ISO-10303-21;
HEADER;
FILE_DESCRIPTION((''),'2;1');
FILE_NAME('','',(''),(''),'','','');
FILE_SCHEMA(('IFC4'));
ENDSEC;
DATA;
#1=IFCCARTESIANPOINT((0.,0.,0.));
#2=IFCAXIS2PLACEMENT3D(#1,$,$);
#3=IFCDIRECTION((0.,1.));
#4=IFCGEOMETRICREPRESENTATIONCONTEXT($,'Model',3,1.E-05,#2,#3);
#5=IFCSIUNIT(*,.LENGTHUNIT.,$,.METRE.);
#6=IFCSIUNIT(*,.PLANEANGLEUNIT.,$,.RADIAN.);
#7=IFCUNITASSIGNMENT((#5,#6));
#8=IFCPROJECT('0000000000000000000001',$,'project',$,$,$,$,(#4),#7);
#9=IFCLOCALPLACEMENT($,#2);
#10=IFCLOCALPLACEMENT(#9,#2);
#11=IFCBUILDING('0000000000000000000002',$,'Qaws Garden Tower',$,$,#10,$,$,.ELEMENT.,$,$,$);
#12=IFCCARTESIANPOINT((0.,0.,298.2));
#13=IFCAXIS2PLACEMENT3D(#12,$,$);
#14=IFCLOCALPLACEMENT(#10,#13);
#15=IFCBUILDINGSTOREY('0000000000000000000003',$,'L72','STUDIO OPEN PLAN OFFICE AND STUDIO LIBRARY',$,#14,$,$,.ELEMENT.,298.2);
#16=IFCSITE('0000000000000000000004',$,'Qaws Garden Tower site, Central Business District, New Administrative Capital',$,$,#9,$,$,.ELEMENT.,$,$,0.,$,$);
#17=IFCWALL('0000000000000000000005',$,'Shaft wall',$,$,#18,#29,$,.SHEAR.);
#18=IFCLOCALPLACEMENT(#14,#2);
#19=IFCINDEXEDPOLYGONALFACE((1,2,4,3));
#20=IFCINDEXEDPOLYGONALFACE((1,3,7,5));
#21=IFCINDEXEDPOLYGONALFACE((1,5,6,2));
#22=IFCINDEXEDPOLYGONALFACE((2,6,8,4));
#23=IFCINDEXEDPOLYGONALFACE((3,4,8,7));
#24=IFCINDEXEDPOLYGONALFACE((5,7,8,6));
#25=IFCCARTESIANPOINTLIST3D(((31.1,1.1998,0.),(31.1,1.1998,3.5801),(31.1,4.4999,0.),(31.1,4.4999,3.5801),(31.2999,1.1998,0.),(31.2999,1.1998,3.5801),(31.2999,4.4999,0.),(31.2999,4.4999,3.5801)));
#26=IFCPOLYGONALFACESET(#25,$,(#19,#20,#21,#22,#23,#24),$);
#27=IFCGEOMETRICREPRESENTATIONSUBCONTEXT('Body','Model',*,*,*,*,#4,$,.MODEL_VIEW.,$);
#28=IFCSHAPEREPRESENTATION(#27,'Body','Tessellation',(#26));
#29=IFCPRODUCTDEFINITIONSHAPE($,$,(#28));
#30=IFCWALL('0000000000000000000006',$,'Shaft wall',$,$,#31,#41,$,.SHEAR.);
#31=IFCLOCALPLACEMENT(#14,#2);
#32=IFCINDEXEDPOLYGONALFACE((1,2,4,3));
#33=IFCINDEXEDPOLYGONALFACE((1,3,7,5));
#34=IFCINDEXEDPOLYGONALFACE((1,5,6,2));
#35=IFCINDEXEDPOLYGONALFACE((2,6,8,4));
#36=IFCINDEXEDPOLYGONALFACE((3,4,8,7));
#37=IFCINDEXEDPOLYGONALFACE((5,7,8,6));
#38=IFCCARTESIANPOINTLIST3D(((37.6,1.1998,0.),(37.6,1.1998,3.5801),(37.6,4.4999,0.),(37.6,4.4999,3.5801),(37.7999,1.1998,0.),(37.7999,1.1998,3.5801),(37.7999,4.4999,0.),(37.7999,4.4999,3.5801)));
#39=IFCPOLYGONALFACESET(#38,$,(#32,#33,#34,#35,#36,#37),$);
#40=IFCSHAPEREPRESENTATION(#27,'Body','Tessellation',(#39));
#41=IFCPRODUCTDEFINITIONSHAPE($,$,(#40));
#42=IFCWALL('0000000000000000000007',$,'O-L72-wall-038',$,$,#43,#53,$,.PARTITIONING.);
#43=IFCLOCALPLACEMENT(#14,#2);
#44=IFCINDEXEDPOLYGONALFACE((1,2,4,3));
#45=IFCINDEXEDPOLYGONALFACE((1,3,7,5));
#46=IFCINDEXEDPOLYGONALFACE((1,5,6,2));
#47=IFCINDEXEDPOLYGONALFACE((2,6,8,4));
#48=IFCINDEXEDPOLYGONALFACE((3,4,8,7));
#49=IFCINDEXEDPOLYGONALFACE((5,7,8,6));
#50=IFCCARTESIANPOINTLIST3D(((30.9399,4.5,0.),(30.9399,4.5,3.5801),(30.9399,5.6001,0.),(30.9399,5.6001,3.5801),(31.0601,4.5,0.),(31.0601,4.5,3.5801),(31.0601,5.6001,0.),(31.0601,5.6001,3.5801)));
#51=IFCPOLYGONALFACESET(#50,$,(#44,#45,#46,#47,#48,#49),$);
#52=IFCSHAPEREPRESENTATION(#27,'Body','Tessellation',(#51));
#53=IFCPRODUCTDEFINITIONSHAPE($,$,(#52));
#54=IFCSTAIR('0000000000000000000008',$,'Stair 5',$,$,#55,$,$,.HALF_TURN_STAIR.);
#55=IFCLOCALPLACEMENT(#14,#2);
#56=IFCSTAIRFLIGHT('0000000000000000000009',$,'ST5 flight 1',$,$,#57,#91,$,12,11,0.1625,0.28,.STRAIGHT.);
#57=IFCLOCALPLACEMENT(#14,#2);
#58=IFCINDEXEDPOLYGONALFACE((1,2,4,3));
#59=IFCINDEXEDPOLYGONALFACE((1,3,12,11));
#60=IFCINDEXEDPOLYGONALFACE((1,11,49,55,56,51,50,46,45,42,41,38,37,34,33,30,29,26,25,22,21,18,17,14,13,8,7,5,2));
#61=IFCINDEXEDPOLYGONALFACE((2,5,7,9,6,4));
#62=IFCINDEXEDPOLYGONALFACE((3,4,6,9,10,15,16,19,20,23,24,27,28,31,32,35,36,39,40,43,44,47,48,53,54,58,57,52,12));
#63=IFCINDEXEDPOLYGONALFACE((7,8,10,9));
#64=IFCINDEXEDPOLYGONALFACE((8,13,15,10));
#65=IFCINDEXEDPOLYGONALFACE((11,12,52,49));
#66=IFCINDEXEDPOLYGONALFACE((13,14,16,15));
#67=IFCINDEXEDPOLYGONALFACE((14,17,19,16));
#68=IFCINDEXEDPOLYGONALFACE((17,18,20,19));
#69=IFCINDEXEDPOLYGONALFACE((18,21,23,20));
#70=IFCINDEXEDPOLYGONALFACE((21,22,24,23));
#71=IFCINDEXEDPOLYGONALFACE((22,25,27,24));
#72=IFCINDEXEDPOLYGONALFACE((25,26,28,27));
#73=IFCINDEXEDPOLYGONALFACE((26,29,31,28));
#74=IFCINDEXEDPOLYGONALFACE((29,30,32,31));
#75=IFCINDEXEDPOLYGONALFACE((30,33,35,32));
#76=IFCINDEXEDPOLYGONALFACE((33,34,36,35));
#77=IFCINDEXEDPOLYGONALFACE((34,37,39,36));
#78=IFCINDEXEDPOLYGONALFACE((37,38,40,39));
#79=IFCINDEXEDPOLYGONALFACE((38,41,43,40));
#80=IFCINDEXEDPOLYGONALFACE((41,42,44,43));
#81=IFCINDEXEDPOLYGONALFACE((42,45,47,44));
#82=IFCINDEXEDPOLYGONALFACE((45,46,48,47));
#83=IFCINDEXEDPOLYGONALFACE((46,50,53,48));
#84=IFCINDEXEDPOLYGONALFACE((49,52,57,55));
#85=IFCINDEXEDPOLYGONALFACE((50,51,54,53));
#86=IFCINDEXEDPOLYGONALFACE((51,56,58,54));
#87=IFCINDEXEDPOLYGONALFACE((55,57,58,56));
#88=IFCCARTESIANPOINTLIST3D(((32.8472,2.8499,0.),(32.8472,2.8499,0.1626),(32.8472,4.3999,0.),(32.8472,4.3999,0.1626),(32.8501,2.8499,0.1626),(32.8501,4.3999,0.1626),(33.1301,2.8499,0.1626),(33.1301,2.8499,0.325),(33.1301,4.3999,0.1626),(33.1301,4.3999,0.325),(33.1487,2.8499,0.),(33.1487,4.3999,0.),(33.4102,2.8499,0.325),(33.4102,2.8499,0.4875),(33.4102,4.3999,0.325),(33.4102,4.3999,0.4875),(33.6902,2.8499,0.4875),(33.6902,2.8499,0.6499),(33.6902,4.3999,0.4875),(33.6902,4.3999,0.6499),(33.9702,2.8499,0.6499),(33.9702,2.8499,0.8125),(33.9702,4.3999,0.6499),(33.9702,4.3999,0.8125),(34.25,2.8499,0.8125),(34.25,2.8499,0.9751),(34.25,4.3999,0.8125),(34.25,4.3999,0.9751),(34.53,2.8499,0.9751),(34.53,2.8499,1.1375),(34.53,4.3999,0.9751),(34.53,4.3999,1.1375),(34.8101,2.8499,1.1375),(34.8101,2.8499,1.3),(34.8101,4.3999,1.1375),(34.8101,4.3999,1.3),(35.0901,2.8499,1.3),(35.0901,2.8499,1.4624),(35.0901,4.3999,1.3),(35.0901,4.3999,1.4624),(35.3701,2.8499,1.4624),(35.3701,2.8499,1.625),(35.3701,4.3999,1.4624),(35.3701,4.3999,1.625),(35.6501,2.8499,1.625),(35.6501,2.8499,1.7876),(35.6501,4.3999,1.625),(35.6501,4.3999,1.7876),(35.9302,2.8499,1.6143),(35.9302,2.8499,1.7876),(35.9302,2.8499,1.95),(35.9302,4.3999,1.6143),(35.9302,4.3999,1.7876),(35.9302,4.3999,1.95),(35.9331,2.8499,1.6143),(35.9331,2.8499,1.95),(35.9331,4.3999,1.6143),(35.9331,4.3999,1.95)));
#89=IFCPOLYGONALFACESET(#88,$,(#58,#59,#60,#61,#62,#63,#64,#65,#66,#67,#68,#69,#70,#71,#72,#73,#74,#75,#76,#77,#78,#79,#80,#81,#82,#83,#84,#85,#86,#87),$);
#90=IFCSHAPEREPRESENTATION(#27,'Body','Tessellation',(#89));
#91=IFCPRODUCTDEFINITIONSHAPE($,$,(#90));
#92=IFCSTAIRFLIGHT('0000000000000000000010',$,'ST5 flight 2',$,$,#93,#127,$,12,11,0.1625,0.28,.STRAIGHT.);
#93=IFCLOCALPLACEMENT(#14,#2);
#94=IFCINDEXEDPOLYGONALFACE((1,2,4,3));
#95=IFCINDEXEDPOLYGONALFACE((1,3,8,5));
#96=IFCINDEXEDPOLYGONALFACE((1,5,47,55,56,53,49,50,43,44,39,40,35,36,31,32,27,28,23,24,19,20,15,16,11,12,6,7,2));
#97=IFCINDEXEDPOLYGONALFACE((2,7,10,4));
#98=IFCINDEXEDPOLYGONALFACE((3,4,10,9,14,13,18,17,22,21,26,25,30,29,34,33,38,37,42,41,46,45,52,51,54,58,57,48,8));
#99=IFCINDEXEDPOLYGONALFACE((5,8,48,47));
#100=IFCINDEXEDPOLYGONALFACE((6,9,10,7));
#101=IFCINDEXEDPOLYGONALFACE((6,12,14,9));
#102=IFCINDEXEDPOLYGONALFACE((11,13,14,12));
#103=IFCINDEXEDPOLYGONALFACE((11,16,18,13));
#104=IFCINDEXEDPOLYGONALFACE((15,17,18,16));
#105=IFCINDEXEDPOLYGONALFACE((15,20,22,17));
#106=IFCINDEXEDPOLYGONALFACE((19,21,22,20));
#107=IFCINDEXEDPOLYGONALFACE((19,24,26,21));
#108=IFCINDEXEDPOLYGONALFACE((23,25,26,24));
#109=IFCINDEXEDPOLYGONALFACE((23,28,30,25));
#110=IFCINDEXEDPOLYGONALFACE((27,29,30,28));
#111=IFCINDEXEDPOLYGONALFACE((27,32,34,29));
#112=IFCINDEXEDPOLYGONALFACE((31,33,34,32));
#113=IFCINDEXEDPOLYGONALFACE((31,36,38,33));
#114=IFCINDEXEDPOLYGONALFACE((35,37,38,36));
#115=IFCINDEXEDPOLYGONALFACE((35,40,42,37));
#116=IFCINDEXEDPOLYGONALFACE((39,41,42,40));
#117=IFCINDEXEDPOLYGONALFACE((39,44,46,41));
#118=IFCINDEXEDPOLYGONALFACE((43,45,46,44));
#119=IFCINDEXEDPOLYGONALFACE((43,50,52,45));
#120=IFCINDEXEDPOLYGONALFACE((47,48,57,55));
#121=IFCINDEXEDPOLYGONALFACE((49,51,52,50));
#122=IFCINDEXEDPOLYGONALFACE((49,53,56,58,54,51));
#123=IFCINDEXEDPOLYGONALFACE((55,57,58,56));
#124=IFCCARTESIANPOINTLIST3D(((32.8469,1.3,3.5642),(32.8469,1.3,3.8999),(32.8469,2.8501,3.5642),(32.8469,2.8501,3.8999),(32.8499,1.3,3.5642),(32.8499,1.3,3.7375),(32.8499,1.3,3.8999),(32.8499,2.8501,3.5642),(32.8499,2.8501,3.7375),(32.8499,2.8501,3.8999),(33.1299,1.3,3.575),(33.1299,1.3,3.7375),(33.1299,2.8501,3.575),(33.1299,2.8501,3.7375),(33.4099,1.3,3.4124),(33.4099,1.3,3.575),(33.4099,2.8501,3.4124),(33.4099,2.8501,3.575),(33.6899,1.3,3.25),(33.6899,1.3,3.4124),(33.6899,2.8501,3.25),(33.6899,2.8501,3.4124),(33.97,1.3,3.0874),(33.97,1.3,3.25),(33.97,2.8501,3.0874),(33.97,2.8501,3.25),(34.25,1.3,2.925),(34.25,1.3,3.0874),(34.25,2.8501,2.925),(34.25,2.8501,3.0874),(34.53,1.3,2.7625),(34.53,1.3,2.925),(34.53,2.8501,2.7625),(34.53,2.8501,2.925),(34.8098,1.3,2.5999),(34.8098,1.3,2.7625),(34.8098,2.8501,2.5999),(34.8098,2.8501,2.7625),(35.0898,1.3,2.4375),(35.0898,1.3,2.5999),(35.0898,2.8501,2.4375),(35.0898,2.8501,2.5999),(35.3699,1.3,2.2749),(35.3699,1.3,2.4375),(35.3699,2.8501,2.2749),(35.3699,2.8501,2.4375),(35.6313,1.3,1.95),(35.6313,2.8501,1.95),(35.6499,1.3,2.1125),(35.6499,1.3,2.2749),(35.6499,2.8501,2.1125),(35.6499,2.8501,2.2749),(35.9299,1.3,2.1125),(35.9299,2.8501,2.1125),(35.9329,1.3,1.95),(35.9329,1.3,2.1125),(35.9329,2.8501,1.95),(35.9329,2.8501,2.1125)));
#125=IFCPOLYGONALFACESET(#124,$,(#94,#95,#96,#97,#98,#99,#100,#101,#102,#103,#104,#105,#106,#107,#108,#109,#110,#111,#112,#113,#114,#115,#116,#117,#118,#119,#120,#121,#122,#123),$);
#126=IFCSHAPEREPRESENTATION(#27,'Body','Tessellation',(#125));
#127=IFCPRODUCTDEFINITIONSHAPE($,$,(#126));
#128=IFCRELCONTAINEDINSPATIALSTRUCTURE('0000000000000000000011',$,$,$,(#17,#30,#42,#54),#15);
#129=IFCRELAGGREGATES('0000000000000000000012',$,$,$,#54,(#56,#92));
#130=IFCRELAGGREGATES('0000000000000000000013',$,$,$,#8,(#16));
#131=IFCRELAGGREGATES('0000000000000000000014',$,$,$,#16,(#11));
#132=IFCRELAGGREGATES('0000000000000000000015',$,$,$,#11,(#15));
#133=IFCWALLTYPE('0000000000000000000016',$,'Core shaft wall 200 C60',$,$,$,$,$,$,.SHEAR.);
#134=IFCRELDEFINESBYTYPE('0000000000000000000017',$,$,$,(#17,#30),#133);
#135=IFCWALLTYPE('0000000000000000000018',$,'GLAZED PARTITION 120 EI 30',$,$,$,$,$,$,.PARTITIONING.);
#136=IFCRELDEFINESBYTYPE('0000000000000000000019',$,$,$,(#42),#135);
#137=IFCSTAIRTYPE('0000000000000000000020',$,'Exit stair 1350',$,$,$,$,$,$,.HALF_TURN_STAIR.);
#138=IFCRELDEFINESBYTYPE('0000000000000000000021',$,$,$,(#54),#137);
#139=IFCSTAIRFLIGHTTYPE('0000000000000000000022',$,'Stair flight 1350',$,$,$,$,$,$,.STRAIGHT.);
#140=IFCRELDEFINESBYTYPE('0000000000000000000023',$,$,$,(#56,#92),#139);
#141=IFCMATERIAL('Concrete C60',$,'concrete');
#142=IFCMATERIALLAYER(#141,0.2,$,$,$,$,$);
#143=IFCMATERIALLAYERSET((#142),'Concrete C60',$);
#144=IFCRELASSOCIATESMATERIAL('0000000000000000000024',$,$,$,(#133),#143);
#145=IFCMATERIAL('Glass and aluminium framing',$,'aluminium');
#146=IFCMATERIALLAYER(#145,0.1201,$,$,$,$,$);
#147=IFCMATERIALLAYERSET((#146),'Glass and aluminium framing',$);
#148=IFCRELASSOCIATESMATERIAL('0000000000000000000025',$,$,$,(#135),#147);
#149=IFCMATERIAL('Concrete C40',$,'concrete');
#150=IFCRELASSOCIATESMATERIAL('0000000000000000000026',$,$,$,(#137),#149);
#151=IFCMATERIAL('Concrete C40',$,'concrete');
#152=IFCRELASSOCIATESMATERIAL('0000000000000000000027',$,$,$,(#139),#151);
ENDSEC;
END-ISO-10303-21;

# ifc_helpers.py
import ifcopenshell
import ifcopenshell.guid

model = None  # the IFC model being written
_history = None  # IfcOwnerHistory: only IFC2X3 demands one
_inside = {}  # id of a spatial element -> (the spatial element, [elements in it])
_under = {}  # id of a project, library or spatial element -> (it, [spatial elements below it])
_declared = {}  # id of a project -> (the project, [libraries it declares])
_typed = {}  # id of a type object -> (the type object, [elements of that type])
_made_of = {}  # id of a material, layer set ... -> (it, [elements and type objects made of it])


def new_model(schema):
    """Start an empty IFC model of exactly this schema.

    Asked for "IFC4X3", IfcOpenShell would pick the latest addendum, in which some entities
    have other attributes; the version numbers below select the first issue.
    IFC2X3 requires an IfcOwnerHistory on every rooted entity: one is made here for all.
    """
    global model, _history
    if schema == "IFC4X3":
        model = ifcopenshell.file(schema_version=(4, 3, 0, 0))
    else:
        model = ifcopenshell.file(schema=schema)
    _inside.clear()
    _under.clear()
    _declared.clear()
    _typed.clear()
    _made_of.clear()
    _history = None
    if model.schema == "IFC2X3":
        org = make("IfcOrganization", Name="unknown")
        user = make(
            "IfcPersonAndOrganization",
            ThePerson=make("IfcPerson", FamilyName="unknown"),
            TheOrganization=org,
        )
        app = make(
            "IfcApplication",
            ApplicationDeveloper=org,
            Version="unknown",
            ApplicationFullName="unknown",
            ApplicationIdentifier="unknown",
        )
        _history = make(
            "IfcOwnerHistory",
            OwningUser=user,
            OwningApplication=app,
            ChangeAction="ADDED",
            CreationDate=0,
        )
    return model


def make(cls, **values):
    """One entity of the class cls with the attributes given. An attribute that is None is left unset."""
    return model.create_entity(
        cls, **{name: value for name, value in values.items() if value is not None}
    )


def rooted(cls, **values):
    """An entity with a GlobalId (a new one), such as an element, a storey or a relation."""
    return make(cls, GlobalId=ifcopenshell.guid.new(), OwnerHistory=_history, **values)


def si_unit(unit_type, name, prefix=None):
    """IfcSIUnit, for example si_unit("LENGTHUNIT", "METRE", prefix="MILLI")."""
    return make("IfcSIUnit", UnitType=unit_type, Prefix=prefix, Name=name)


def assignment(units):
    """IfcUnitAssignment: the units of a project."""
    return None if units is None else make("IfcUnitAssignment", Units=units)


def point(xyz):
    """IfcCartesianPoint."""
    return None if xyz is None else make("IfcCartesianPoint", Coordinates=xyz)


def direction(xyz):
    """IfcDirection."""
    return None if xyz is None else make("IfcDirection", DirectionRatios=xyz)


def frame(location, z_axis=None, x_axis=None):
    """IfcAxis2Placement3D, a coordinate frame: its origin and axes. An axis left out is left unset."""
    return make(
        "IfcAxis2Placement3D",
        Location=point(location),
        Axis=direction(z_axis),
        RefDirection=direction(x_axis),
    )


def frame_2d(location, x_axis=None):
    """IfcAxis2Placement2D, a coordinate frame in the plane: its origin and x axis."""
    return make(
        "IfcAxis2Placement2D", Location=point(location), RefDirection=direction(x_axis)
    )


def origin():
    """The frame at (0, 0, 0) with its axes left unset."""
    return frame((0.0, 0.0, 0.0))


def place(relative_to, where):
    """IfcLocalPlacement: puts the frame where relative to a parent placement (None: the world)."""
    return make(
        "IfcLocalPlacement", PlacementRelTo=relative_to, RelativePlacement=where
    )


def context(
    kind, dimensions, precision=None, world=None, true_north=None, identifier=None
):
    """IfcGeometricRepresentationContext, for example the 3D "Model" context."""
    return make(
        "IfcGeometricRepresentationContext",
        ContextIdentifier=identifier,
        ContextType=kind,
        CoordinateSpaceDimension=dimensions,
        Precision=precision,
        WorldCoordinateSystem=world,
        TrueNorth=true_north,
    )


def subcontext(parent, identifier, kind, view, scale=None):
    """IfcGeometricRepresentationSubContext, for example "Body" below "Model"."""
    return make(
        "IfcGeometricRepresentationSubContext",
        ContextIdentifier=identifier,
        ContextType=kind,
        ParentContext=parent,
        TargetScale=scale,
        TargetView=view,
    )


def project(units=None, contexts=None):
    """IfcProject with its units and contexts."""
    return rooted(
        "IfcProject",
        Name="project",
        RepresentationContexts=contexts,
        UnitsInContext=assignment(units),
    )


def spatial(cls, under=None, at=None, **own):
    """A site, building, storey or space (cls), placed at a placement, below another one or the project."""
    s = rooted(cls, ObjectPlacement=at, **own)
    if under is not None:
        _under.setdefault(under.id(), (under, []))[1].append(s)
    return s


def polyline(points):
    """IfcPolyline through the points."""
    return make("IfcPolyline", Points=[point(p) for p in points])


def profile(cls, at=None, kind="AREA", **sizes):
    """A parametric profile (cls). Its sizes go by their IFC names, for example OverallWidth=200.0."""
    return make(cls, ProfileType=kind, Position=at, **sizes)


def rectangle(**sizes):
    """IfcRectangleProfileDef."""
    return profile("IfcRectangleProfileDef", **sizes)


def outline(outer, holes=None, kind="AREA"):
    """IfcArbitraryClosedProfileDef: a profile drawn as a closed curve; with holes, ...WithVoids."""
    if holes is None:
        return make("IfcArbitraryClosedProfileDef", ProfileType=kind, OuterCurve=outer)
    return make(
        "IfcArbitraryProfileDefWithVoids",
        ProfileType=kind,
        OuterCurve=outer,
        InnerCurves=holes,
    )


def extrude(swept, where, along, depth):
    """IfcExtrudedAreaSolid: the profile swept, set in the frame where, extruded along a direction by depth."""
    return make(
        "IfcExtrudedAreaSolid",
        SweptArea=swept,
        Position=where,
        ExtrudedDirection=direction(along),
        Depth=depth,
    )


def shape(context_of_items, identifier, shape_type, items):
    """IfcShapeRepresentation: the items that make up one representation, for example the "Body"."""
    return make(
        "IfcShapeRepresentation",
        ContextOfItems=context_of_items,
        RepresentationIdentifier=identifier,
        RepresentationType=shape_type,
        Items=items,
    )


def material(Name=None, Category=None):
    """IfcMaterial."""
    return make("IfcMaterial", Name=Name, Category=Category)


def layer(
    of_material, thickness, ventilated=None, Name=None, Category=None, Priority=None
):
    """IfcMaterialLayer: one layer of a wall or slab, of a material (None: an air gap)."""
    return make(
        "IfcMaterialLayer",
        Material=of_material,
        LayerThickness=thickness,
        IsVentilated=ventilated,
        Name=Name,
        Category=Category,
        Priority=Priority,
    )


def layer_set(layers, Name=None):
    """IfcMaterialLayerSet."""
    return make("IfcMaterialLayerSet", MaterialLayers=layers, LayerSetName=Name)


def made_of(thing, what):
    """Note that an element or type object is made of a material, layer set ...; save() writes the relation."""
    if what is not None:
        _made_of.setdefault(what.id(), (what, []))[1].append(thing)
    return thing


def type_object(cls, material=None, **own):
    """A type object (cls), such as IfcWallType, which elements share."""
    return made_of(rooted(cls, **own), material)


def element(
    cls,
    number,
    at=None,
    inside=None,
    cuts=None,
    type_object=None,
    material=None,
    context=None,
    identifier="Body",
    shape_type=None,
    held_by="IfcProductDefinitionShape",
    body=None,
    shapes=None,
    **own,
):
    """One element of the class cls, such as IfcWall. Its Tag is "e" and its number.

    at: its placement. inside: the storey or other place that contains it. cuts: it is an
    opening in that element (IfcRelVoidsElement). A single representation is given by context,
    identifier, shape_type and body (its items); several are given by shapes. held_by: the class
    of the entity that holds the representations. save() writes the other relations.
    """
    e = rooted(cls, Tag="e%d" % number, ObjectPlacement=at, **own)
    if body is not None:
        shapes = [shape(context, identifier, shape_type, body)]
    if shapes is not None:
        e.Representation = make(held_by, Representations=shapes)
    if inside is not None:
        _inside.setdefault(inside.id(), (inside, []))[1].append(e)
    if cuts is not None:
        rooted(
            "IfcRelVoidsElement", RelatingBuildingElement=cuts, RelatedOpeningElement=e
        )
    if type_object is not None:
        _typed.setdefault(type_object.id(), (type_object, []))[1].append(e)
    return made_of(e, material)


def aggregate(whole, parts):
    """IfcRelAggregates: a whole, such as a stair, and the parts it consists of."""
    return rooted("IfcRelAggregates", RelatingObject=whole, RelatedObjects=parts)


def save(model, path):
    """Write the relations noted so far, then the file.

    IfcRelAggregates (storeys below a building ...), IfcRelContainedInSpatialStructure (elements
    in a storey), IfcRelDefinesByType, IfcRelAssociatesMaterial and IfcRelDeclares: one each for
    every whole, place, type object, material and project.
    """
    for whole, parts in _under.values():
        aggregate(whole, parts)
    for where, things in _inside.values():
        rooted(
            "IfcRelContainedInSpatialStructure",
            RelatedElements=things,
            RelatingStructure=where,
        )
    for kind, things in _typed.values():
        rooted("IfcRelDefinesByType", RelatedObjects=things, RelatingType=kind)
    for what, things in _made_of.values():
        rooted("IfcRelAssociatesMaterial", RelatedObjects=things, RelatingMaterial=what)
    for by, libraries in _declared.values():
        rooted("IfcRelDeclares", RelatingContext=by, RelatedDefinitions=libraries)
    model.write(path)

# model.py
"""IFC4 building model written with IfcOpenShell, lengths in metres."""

from ifc_helpers import new_model, si_unit, direction, frame, frame_2d, origin, place, context, subcontext, project, spatial, polyline, rectangle, outline, extrude, material, layer, layer_set, type_object, element, aggregate, save


model = new_model("IFC4")

# Units and contexts
model_context = context("Model", 3, precision=1e-05, world=origin(), true_north=direction((0.0, 1.0)))
body_context = subcontext(model_context, "Body", "Model", "MODEL_VIEW")
ifc_project = project(units=[si_unit("LENGTHUNIT", "METRE"), si_unit("PLANEANGLEUNIT", "RADIAN")], contexts=[model_context])

# Site, building, storey
site_placement = place(None, origin())
site = spatial("IfcSite", under=ifc_project, at=site_placement, Name="Qaws Garden Tower site, Central Business District, New Administrative Capital", CompositionType="ELEMENT", RefElevation=0.0)
building_placement = place(site_placement, origin())
building = spatial("IfcBuilding", under=site, at=building_placement, Name="Qaws Garden Tower", CompositionType="ELEMENT")
storey_placement = place(building_placement, frame((0.0, 0.0, 298.2)))
storey = spatial("IfcBuildingStorey", under=building, at=storey_placement, Name="L72", Description="STUDIO OPEN PLAN OFFICE AND STUDIO LIBRARY", CompositionType="ELEMENT", Elevation=298.2)

# Shared definitions
ifc_material_1 = material(Name="Concrete C60", Category="concrete")
ifc_layer_1 = layer(ifc_material_1, 0.2)
ifc_layer_set_1 = layer_set([ifc_layer_1], Name="Concrete C60")
wall_type_1 = type_object("IfcWallType", Name="Core shaft wall 200 C60", PredefinedType="SHEAR", material=ifc_layer_set_1)

# Walls
for number, where, z_axis, x_axis, name in (
    (1, (31.2, 1.2, 0.0), (0.0, 0.0, 1.0), (0.0, 1.0, 0.0), "Shaft wall"),
    (2, (37.7, 1.2, 0.0), (0.0, 0.0, 1.0), (0.0, 1.0, 0.0), "Shaft wall"),
):
    element("IfcWall", number, at=place(storey_placement, frame(where, z_axis=z_axis, x_axis=x_axis)), inside=storey, type_object=wall_type_1, Name=name, PredefinedType="SHEAR", context=body_context, shape_type="SweptSolid", body=[
        extrude(rectangle(XDim=3.3, YDim=0.2, at=frame_2d((1.6499, 0.0))), origin(), (0.0, 0.0, 1.0), 3.5801),
    ])
ifc_material_2 = material(Name="Glass and aluminium framing", Category="aluminium")
ifc_layer_2 = layer(ifc_material_2, 0.1201)
ifc_layer_set_2 = layer_set([ifc_layer_2], Name="Glass and aluminium framing")
wall_type_2 = type_object("IfcWallType", Name="GLAZED PARTITION 120 EI 30", PredefinedType="PARTITIONING", material=ifc_layer_set_2)
wall_1_placement = place(storey_placement, frame((31.0, 4.5, 0.0), z_axis=(0.0, 0.0, 1.0), x_axis=(0.0, 1.0, 0.0)))
element("IfcWall", 3, at=wall_1_placement, inside=storey, type_object=wall_type_2, Name="O-L72-wall-038", PredefinedType="PARTITIONING", context=body_context, shape_type="SweptSolid", body=[
    extrude(rectangle(XDim=1.1001, YDim=0.1201, at=frame_2d((0.55, 0.0))), origin(), (0.0, 0.0, 1.0), 3.5801),
])

# Stair, stair flights
ifc_material_3 = material(Name="Concrete C40", Category="concrete")
stair_type = type_object("IfcStairType", Name="Exit stair 1350", PredefinedType="HALF_TURN_STAIR", material=ifc_material_3)
stair_placement = place(storey_placement, origin())
stair = element("IfcStair", 4, at=stair_placement, inside=storey, type_object=stair_type, Name="Stair 5", PredefinedType="HALF_TURN_STAIR")
ifc_material_4 = material(Name="Concrete C40", Category="concrete")
stair_flight_type = type_object("IfcStairFlightType", Name="Stair flight 1350", PredefinedType="STRAIGHT", material=ifc_material_4)
stair_flight_1_placement = place(storey_placement, frame((32.8501, 3.625, 0.0), z_axis=(0.0, 0.0, 1.0), x_axis=(1.0, 0.0, 0.0)))
stair_flight_1 = element("IfcStairFlight", 5, at=stair_flight_1_placement, type_object=stair_flight_type, Name="ST5 flight 1", NumberOfRisers=12, NumberOfTreads=11, PredefinedType="STRAIGHT", RiserHeight=0.1625, TreadLength=0.28, context=body_context, shape_type="SweptSolid", body=[
    extrude(outline(polyline([(-0.0029, 0.0), (-0.0029, 0.1626), (0.0, 0.1626), (0.28, 0.1626), (0.28, 0.325), (0.5601, 0.325), (0.5601, 0.4875), (0.8401, 0.4875), (0.8401, 0.6499), (1.1201, 0.6499), (1.1201, 0.8125), (1.3999, 0.8125), (1.3999, 0.9751), (1.6799, 0.9751), (1.6799, 1.1375), (1.96, 1.1375), (1.96, 1.3), (2.24, 1.3), (2.24, 1.4624), (2.52, 1.4624), (2.52, 1.625), (2.8, 1.625), (2.8, 1.7876), (3.0801, 1.7876), (3.0801, 1.95), (3.083, 1.95), (3.083, 1.6143), (3.0801, 1.6143), (0.2986, 0.0), (-0.0029, 0.0)])), frame((0.0, 0.7749, 0.0), z_axis=(0.0, -1.0, 0.0), x_axis=(1.0, 0.0, 0.0)), (0.0, 0.0, 1.0), 1.55),
])
stair_flight_2_placement = place(storey_placement, frame((35.9299, 2.075, 1.95), z_axis=(0.0, 0.0, 1.0), x_axis=(-1.0, 0.0, 0.0)))
stair_flight_2 = element("IfcStairFlight", 6, at=stair_flight_2_placement, type_object=stair_flight_type, Name="ST5 flight 2", NumberOfRisers=12, NumberOfTreads=11, PredefinedType="STRAIGHT", RiserHeight=0.1625, TreadLength=0.28, context=body_context, shape_type="SweptSolid", body=[
    extrude(outline(polyline([(-0.0029, 0.0), (-0.0029, 0.1626), (0.0, 0.1626), (0.28, 0.1626), (0.28, 0.325), (0.5601, 0.325), (0.5601, 0.4875), (0.8401, 0.4875), (0.8401, 0.6499), (1.1201, 0.6499), (1.1201, 0.8125), (1.3999, 0.8125), (1.3999, 0.9751), (1.6799, 0.9751), (1.6799, 1.1375), (1.96, 1.1375), (1.96, 1.3), (2.24, 1.3), (2.24, 1.4624), (2.52, 1.4624), (2.52, 1.625), (2.8, 1.625), (2.8, 1.7876), (3.0801, 1.7876), (3.0801, 1.95), (3.083, 1.95), (3.083, 1.6143), (3.0801, 1.6143), (0.2986, 0.0), (-0.0029, 0.0)])), frame((0.0, 0.7749, 0.0), z_axis=(0.0, -1.0, 0.0), x_axis=(1.0, 0.0, 0.0)), (0.0, 0.0, 1.0), 1.55),
])
aggregate(stair, [stair_flight_1, stair_flight_2])

save(model, "model.ifc")
